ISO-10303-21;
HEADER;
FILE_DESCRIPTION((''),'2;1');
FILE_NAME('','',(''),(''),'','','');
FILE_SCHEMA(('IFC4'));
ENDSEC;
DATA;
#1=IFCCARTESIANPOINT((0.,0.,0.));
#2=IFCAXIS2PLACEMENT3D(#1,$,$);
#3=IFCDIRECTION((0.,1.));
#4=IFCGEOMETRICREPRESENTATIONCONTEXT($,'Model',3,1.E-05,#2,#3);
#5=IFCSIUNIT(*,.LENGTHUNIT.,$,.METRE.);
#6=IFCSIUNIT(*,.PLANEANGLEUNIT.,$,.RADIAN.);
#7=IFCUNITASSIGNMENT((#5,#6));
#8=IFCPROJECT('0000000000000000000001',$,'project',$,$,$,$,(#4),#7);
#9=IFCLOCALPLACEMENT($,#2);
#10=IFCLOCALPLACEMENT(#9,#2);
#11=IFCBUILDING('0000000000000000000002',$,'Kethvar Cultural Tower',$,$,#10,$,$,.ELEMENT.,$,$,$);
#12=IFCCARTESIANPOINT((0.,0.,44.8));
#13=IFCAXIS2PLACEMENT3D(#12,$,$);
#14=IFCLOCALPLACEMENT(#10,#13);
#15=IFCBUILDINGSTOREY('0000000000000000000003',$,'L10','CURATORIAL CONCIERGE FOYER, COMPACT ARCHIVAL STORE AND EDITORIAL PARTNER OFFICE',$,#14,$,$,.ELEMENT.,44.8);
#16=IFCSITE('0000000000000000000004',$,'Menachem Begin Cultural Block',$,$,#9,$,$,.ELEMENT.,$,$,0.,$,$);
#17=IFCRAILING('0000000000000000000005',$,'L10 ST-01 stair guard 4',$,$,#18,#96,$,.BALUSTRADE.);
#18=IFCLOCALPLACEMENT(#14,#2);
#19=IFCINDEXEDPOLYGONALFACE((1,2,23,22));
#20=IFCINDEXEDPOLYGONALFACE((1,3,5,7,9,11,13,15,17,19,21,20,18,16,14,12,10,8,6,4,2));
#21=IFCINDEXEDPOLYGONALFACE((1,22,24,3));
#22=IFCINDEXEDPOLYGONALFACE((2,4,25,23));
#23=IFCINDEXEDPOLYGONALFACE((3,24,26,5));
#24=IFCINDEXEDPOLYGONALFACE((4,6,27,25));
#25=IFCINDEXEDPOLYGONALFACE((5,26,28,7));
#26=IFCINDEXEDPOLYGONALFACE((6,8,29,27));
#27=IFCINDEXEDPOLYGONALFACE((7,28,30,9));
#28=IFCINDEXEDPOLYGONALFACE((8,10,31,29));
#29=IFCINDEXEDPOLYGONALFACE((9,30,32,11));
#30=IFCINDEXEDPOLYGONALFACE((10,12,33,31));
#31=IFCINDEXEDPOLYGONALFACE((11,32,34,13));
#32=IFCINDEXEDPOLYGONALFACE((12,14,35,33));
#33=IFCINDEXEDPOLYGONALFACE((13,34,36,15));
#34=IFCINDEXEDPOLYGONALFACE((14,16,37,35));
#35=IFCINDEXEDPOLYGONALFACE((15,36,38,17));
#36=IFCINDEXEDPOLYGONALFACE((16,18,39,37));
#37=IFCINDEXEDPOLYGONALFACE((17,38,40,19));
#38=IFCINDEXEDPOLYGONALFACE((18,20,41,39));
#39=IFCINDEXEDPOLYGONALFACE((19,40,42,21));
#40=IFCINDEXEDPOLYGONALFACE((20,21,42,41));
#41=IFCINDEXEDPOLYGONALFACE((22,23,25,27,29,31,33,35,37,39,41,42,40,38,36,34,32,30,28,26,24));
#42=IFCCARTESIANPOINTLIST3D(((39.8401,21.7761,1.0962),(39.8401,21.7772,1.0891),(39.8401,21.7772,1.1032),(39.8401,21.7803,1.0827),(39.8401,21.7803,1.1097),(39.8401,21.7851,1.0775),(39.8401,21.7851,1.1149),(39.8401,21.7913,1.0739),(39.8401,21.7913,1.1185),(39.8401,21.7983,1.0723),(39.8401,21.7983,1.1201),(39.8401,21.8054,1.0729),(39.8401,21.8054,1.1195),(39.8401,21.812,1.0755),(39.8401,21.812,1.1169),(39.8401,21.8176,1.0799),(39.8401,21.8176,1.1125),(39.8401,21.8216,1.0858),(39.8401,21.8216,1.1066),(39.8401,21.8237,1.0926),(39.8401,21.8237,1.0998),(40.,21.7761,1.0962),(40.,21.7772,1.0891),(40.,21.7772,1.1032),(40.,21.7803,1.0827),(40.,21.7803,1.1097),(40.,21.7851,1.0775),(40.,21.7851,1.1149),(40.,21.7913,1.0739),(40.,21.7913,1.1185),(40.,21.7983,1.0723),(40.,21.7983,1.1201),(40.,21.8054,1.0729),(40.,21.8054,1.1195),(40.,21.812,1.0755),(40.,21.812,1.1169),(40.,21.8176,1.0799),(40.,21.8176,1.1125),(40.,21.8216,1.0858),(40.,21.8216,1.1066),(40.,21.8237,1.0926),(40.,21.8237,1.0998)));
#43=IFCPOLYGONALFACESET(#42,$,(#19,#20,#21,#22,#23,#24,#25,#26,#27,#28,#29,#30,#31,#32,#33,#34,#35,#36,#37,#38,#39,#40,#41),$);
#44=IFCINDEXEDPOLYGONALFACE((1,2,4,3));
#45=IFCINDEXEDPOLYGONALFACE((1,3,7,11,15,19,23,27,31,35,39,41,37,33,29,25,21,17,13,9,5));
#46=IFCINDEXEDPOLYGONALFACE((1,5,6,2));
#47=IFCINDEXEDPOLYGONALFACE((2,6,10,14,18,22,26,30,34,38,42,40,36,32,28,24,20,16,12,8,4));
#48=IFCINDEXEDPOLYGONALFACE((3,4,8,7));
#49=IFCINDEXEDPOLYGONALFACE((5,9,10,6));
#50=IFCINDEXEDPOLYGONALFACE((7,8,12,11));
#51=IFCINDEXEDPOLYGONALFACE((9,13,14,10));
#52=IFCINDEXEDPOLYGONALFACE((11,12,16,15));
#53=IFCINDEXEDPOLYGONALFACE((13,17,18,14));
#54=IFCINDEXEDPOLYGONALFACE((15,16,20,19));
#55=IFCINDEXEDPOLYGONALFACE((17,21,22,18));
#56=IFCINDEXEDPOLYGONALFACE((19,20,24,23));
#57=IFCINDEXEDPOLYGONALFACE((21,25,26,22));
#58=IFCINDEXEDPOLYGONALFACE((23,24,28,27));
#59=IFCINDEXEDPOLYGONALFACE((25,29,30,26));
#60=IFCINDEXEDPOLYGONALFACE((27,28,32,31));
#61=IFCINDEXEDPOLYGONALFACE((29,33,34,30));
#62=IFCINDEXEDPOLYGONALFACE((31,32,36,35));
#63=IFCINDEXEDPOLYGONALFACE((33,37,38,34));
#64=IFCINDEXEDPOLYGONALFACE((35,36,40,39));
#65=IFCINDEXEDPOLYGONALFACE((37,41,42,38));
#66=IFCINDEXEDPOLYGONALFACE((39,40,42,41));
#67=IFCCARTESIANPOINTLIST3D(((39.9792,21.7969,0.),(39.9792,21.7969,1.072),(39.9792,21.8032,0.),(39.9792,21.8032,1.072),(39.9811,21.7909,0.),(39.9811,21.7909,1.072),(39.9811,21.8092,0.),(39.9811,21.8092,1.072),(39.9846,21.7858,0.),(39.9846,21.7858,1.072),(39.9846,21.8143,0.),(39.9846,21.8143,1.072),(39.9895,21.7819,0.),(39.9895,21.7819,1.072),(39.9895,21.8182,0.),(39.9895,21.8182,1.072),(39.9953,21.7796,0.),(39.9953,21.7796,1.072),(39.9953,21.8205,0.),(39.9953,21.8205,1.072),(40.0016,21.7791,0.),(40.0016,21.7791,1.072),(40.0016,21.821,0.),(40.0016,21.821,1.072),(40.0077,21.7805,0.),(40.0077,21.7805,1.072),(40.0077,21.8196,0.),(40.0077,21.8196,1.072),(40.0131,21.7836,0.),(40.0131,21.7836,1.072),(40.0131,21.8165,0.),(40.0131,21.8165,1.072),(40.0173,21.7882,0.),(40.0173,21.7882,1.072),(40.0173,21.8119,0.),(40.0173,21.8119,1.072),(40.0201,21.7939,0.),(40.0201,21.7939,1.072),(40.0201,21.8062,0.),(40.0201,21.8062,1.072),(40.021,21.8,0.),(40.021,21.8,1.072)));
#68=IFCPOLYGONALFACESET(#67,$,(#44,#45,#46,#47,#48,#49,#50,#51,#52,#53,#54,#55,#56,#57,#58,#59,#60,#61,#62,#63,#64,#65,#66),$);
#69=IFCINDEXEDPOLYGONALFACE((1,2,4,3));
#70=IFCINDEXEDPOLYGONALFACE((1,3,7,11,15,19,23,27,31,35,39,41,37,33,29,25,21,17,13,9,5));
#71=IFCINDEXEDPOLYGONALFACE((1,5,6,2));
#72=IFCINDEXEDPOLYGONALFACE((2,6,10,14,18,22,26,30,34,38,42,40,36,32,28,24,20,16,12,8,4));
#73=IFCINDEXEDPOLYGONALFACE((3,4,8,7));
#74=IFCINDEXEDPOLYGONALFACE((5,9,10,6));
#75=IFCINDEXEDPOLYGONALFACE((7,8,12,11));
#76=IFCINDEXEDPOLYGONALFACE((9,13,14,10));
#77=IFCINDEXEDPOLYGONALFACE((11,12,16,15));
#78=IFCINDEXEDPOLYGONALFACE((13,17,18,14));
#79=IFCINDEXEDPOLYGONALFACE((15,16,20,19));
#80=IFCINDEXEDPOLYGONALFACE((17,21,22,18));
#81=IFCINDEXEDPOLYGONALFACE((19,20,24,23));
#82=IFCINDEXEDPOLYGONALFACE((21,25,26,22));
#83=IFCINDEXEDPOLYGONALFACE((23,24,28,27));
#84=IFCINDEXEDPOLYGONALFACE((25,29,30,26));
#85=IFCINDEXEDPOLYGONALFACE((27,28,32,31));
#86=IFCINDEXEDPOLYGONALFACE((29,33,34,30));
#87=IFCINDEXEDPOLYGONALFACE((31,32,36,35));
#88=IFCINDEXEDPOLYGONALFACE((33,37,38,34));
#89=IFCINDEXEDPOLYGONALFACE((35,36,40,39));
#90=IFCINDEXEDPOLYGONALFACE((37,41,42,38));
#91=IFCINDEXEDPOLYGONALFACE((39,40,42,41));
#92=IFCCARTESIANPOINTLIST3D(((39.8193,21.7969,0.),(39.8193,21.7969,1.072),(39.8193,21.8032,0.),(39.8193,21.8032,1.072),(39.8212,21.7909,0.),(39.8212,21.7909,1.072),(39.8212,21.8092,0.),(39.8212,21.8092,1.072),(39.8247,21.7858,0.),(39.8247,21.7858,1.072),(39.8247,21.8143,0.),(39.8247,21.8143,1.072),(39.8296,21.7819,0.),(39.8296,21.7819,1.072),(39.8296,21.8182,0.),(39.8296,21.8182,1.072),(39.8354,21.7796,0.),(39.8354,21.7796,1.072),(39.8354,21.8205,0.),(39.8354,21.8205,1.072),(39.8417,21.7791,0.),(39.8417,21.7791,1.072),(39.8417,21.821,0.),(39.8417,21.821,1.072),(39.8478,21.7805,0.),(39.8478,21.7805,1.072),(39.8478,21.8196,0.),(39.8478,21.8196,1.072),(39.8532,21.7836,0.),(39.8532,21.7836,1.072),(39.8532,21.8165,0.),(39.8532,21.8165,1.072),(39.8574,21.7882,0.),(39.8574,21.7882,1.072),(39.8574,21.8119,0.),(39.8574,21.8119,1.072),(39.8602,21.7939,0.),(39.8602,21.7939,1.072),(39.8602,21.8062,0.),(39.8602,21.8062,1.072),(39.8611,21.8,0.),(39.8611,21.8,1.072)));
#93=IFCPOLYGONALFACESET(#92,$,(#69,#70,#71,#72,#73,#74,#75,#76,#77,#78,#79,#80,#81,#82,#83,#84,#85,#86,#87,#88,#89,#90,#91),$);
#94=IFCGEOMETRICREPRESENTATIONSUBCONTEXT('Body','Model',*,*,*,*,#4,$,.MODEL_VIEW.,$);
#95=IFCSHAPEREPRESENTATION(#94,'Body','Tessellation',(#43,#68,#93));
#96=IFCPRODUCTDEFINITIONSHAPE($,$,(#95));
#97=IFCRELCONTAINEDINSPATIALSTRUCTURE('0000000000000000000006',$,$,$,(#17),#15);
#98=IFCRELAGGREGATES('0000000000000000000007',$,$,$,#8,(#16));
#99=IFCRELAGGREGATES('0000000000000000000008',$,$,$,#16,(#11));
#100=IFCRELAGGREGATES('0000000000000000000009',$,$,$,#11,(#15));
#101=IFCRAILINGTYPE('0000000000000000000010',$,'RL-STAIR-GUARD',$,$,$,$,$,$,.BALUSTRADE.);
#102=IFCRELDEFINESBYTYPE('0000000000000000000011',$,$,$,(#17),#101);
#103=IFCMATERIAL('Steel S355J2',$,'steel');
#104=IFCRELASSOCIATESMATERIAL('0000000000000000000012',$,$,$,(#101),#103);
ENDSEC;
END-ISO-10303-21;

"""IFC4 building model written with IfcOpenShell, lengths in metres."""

from ifc_helpers import new_model, si_unit, direction, frame, origin, origin_2d, place, context, subcontext, project, spatial, circle, extrude, material, type_object, element, save


model = new_model("IFC4")

# Units and contexts
model_context = context("Model", 3, precision=1e-05, world=origin(), true_north=direction((0.0, 1.0)))
body_context = subcontext(model_context, "Body", "Model", "MODEL_VIEW")
ifc_project = project(units=[si_unit("LENGTHUNIT", "METRE"), si_unit("PLANEANGLEUNIT", "RADIAN")], contexts=[model_context])

# Site, building, storey
site_placement = place(None, origin())
site = spatial("IfcSite", under=ifc_project, at=site_placement, Name="Menachem Begin Cultural Block", CompositionType="ELEMENT", RefElevation=0.0)
building_placement = place(site_placement, origin())
building = spatial("IfcBuilding", under=site, at=building_placement, Name="Kethvar Cultural Tower", CompositionType="ELEMENT")
storey_placement = place(building_placement, frame((0.0, 0.0, 44.8)))
storey = spatial("IfcBuildingStorey", under=building, at=storey_placement, Name="L10", Description="CURATORIAL CONCIERGE FOYER, COMPACT ARCHIVAL STORE AND EDITORIAL PARTNER OFFICE", CompositionType="ELEMENT", Elevation=44.8)

# Shared definitions
ifc_material_1 = material(Name="Steel S355J2", Category="steel")

# Railing
railing_type_1 = type_object("IfcRailingType", Name="RL-STAIR-GUARD", PredefinedType="BALUSTRADE", material=ifc_material_1)
railing_1_placement = place(storey_placement, frame((40.0, 21.8, 0.0)))
element("IfcRailing", 1, at=railing_1_placement, inside=storey, type_object=railing_type_1, Name="L10 ST-01 stair guard 4", PredefinedType="BALUSTRADE", context=body_context, shape_type="SweptSolid", body=[
    extrude(circle(Radius=0.0239, at=origin_2d()), frame((0.0, 0.0, 1.0962), z_axis=(-1.0, 0.0, 0.0), x_axis=(0.0, -1.0, 0.0)), (0.0, 0.0, 1.0), 0.1599),
    extrude(circle(Radius=0.021, at=origin_2d()), origin(), (0.0, 0.0, 1.0), 1.072),
    extrude(circle(Radius=0.021, at=origin_2d()), frame((-0.1599, 0.0, 0.0)), (0.0, 0.0, 1.0), 1.072),
])

save(model, "model.ifc")
